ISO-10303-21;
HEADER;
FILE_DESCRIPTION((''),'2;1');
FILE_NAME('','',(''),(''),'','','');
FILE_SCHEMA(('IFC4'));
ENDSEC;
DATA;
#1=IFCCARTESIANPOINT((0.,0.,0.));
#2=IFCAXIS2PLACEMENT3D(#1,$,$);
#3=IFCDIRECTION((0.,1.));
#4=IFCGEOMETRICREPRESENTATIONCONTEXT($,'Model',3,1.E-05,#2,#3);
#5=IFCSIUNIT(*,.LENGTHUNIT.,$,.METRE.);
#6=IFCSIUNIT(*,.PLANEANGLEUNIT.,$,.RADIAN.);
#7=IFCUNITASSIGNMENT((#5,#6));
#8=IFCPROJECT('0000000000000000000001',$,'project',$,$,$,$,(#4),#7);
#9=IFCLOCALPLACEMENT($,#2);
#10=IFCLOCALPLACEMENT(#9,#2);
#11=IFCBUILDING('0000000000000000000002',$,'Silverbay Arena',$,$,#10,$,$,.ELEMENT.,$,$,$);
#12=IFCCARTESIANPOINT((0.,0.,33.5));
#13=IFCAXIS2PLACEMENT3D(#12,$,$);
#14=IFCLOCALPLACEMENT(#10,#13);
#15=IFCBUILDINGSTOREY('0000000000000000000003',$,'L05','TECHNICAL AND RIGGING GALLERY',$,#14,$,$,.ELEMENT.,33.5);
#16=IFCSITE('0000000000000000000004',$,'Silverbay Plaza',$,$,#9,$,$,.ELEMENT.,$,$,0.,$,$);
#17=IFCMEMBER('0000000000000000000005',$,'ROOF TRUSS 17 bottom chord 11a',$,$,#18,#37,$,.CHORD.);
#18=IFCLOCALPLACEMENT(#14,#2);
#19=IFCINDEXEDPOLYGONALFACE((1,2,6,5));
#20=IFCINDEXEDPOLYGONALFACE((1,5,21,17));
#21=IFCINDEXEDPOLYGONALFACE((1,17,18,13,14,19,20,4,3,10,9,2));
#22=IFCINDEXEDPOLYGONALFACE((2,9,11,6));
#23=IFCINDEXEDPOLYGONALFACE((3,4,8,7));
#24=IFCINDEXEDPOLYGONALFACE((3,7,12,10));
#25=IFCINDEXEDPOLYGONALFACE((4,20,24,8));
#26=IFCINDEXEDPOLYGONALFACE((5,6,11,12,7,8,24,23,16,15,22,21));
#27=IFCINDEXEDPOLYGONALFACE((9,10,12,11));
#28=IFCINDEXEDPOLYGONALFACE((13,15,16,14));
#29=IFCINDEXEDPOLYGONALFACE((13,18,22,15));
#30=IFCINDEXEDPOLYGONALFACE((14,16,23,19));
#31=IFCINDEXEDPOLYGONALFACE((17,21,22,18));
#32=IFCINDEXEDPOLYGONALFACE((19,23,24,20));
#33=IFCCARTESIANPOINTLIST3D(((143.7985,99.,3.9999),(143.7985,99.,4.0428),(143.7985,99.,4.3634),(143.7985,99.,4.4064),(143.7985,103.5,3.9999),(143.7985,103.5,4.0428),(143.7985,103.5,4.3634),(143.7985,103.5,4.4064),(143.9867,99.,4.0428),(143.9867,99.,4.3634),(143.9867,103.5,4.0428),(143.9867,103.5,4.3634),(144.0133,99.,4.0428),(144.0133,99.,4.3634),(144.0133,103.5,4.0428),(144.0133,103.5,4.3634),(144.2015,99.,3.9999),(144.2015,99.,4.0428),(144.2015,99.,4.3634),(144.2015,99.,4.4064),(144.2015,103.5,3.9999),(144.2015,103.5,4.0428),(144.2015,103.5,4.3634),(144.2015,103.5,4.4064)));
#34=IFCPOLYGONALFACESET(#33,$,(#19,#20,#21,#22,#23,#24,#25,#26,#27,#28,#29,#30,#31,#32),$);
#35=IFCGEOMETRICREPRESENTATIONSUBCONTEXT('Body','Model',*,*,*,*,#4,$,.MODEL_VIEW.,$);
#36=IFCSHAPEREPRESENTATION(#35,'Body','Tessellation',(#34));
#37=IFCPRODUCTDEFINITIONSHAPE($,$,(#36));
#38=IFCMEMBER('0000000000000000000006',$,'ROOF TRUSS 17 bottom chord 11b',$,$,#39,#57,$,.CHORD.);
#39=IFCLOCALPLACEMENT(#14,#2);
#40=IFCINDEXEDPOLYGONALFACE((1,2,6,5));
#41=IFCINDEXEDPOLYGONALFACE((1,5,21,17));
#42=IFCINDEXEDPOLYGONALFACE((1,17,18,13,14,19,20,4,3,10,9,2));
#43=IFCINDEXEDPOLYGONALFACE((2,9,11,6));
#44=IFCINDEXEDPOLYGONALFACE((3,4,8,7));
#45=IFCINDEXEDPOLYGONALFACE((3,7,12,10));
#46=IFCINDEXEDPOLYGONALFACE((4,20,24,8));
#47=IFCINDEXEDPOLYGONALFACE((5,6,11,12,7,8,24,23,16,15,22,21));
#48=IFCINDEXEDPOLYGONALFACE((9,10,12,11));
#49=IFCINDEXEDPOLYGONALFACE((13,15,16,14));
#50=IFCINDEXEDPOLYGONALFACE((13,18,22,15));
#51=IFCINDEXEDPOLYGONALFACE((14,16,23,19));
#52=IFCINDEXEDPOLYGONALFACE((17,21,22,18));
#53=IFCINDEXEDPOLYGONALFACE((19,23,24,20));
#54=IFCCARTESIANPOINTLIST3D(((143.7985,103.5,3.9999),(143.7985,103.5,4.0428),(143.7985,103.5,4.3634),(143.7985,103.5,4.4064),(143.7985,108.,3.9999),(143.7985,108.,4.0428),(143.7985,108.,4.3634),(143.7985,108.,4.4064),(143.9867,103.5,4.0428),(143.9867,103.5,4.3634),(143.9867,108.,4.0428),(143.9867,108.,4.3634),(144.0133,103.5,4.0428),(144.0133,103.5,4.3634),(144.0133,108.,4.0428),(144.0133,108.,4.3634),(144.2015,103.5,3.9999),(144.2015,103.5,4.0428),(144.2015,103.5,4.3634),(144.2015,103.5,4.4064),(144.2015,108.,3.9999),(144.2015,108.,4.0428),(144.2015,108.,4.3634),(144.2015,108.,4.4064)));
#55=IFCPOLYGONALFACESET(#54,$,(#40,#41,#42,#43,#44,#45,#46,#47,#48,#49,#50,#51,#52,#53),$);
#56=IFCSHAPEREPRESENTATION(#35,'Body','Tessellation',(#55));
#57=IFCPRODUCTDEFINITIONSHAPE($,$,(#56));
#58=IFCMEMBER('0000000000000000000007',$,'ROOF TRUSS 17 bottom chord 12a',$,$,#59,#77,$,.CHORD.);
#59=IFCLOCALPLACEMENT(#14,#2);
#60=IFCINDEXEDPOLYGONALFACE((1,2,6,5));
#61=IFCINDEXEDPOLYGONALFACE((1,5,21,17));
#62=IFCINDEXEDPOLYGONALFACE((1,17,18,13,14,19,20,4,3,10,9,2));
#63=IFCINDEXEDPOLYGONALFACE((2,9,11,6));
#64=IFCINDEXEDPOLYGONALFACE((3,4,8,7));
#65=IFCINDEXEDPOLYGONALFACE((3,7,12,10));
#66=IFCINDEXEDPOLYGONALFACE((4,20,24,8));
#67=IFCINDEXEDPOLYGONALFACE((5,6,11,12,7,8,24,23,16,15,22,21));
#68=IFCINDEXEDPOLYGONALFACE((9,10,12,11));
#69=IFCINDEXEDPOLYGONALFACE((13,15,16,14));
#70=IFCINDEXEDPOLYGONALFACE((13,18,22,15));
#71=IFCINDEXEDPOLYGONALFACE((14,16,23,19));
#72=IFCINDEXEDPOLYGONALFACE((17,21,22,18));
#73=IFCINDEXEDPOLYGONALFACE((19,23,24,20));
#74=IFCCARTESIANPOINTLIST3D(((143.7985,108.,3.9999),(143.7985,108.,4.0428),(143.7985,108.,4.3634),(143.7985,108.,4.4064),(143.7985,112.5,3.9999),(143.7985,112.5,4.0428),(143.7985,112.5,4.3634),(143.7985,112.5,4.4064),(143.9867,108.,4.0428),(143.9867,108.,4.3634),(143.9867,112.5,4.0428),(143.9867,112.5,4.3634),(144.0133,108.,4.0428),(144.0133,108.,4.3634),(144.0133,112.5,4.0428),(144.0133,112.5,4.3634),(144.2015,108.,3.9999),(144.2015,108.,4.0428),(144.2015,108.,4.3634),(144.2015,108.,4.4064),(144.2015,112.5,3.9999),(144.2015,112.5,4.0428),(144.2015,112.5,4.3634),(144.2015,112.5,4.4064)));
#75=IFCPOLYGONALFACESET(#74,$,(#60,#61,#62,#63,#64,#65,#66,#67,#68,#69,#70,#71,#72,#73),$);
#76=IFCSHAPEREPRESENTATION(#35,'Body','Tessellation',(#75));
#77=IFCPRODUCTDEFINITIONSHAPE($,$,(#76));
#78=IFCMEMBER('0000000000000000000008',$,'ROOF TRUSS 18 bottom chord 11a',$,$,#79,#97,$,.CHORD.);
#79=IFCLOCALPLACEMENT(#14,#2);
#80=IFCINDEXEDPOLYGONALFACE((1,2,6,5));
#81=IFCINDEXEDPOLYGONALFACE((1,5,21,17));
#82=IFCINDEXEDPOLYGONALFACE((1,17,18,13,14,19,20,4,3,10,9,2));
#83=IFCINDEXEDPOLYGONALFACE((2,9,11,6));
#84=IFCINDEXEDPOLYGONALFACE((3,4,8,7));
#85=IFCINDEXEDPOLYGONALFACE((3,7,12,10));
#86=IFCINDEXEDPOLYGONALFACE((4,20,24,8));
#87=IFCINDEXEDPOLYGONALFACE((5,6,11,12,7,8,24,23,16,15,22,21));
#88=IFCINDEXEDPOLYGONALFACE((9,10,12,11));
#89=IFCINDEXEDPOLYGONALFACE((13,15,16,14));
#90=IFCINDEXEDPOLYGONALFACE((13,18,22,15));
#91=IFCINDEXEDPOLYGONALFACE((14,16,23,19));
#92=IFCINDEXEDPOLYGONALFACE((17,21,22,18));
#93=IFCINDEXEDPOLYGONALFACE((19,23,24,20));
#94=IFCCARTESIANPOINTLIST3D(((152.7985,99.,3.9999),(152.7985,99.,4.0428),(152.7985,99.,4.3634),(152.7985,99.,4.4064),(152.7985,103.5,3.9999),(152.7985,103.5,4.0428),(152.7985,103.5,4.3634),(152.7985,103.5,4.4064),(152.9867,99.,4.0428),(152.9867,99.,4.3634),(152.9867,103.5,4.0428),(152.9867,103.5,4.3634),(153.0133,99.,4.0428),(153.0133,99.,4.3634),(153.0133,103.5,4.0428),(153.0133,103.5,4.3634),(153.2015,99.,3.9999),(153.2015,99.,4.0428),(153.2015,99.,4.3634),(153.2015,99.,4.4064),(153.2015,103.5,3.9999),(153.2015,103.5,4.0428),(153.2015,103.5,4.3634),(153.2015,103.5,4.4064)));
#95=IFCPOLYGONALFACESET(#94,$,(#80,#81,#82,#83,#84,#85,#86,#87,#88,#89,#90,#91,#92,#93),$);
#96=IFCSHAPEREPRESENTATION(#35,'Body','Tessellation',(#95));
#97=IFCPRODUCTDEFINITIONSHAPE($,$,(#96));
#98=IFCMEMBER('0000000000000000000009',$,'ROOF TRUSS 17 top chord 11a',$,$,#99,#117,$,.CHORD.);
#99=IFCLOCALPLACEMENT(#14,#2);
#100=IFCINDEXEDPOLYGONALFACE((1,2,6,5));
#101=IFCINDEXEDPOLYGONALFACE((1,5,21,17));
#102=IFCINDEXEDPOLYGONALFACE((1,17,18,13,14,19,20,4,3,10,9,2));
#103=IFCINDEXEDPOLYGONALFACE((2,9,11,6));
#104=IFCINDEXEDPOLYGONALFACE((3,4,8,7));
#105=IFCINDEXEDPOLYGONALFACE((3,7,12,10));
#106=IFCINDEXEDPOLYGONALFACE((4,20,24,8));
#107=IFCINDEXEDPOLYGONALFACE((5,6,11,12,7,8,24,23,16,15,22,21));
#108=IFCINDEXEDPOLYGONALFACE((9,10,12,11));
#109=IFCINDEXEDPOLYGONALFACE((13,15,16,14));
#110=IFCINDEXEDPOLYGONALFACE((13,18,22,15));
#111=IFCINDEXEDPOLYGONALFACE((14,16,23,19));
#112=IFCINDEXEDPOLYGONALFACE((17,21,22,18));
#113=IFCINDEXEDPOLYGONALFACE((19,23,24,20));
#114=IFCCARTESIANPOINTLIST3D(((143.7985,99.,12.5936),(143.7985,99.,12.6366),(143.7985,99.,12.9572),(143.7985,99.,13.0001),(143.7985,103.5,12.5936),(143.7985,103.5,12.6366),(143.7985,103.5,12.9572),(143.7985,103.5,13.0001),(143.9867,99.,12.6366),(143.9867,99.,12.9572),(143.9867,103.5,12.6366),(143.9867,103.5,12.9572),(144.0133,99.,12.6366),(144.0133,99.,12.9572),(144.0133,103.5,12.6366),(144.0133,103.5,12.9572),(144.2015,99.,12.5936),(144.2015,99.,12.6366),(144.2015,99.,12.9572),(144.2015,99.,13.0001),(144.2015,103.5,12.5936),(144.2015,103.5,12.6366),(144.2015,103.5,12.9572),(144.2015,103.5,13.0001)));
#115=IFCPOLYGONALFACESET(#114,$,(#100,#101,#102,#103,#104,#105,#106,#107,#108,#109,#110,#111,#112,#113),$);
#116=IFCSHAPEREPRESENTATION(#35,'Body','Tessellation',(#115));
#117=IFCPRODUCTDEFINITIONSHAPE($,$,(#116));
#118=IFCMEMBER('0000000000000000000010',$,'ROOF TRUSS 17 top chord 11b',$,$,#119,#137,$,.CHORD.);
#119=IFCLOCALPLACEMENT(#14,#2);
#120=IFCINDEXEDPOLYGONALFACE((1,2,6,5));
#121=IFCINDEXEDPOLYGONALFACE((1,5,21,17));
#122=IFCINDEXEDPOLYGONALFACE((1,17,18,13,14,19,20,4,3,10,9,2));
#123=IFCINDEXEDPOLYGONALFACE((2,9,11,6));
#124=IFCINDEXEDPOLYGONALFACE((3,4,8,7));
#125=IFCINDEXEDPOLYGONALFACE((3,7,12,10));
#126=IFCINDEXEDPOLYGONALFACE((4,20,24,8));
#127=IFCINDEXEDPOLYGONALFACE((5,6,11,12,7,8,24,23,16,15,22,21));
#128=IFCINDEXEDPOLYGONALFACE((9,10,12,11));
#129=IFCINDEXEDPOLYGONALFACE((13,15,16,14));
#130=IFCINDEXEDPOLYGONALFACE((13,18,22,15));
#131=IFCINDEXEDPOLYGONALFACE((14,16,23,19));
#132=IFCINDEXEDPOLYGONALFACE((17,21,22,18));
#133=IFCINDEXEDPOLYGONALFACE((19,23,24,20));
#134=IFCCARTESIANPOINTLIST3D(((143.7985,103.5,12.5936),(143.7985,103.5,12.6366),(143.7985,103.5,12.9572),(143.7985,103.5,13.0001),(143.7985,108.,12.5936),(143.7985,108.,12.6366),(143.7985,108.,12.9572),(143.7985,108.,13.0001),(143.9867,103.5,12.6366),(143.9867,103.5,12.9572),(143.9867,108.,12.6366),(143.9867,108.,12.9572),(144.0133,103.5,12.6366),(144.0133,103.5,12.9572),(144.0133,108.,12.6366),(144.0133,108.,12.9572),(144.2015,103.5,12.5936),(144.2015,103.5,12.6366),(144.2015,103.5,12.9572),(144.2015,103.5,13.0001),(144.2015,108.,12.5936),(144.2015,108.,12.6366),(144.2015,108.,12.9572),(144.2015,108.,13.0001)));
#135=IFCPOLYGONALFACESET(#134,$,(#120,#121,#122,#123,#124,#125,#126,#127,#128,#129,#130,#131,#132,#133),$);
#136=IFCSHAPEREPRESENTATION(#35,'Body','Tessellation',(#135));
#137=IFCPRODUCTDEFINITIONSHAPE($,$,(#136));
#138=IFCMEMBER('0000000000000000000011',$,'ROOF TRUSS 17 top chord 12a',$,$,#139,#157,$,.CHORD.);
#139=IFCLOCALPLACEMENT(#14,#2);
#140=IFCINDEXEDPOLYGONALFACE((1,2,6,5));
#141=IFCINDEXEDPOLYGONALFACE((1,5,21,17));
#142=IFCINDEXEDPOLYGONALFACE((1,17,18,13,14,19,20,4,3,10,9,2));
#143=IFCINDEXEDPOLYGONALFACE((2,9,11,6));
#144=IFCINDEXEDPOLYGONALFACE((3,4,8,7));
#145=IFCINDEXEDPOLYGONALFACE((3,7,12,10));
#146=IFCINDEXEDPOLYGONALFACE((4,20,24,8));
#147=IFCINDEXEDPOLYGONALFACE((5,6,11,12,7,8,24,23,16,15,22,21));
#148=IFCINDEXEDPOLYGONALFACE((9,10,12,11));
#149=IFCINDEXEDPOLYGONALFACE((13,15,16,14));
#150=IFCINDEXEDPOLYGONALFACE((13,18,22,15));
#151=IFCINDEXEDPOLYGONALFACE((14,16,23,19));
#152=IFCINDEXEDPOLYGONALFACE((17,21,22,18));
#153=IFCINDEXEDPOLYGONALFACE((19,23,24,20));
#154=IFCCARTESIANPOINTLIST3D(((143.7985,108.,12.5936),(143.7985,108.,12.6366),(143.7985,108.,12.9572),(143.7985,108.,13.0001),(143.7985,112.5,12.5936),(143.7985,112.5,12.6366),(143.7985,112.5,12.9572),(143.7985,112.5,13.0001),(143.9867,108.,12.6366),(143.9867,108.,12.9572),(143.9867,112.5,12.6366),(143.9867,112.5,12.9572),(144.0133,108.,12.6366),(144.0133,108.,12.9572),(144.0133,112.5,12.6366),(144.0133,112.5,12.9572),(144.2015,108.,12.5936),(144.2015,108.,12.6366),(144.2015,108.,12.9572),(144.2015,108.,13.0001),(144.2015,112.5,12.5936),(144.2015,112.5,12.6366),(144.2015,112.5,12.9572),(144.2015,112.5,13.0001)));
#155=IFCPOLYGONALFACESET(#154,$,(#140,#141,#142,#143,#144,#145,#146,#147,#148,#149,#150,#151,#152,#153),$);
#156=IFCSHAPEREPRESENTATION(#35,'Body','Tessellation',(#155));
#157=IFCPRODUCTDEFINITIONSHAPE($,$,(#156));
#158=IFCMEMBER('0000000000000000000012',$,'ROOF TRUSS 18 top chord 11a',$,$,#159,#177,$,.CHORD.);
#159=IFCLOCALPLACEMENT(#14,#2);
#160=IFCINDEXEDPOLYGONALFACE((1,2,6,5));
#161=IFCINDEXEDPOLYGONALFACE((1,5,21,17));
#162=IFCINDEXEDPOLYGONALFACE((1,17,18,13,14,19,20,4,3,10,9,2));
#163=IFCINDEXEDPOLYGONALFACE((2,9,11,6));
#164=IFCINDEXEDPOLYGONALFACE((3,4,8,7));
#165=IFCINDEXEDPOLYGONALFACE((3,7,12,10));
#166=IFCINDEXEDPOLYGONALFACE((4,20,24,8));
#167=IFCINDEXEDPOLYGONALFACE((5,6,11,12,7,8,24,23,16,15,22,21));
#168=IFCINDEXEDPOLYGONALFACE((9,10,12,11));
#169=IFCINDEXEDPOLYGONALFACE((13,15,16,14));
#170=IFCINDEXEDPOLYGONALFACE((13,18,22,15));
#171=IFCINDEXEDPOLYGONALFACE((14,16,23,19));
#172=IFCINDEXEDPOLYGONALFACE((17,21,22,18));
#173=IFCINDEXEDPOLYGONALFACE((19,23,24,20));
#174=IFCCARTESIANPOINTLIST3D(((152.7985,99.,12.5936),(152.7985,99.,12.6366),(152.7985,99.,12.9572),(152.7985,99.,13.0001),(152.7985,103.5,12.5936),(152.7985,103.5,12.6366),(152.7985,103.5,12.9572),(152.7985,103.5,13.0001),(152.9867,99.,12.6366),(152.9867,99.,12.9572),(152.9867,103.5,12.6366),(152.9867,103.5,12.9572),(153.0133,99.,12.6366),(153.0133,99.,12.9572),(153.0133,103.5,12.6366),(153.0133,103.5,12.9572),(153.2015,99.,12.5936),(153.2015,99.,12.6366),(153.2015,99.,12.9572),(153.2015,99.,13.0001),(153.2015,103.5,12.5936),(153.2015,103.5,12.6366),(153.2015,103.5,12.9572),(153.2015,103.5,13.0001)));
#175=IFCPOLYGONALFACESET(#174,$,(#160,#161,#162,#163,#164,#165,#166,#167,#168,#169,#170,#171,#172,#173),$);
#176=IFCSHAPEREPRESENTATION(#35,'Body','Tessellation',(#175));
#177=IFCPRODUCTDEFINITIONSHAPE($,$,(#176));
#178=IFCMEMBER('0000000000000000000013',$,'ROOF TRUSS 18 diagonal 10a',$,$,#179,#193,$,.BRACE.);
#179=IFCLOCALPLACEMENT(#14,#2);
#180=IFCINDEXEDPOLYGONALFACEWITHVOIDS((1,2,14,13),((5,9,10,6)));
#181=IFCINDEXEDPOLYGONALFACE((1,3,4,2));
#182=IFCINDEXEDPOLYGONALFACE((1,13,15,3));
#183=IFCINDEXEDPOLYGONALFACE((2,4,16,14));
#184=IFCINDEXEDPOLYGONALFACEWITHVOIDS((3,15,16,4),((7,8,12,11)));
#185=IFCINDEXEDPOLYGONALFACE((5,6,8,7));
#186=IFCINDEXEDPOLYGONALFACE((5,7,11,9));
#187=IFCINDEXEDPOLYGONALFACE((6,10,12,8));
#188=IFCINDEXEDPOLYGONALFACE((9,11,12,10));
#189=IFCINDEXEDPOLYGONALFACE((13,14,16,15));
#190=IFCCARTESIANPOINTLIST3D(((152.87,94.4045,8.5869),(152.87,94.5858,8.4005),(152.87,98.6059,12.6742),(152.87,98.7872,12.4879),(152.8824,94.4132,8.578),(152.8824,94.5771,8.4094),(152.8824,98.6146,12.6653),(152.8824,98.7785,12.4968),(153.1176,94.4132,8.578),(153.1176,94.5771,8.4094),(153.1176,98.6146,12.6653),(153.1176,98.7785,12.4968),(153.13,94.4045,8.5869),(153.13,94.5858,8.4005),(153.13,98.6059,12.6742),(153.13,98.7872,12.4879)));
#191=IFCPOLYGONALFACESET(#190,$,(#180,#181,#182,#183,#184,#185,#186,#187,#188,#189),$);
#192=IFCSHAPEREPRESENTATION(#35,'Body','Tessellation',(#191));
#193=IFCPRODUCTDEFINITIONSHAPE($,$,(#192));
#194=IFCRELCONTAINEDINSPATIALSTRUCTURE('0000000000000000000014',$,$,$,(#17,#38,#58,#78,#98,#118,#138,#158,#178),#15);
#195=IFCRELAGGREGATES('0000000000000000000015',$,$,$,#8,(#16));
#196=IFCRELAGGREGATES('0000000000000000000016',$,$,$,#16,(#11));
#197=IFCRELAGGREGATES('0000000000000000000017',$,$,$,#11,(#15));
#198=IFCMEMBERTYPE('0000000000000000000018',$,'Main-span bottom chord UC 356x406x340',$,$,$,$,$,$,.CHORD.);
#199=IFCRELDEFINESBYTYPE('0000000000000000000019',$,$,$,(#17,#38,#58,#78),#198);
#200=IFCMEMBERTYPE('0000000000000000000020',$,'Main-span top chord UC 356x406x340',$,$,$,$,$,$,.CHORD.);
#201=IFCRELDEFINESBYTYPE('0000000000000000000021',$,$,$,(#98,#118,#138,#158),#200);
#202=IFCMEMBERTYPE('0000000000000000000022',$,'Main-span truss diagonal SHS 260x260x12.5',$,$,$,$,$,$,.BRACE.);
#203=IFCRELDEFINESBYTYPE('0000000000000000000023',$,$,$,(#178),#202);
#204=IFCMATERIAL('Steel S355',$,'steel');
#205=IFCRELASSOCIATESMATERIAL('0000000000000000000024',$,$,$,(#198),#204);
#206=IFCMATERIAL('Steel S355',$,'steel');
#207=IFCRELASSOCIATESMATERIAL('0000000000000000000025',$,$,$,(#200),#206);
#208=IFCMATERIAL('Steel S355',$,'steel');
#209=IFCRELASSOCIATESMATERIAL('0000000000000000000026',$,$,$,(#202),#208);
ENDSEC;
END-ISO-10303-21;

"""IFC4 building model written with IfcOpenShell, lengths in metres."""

from ifc_helpers import new_model, si_unit, direction, frame, origin, origin_2d, place, context, subcontext, project, spatial, hollow_rectangle, i_section, extrude, material, material_profile, profile_set, type_object, element, save


model = new_model("IFC4")

# Units and contexts
model_context = context("Model", 3, precision=1e-05, world=origin(), true_north=direction((0.0, 1.0)))
body_context = subcontext(model_context, "Body", "Model", "MODEL_VIEW")
ifc_project = project(units=[si_unit("LENGTHUNIT", "METRE"), si_unit("PLANEANGLEUNIT", "RADIAN")], contexts=[model_context])

# Site, building, storey
site_placement = place(None, origin())
site = spatial("IfcSite", under=ifc_project, at=site_placement, Name="Silverbay Plaza", CompositionType="ELEMENT", RefElevation=0.0)
building_placement = place(site_placement, origin())
building = spatial("IfcBuilding", under=site, at=building_placement, Name="Silverbay Arena", CompositionType="ELEMENT")
storey_placement = place(building_placement, frame((0.0, 0.0, 33.5)))
storey = spatial("IfcBuildingStorey", under=building, at=storey_placement, Name="L05", Description="TECHNICAL AND RIGGING GALLERY", CompositionType="ELEMENT", Elevation=33.5)

# Members
ifc_material_1 = material(Name="Steel S355", Category="steel")
ifc_material_profile_1 = material_profile(ifc_material_1, i_section(OverallWidth=0.4031, OverallDepth=0.4065, WebThickness=0.0266, FlangeThickness=0.043, at=origin_2d()), Name="UC 356x406x340")
ifc_profile_set_1 = profile_set([ifc_material_profile_1], Name="Steel S355")
member_type_1 = type_object("IfcMemberType", Name="Main-span bottom chord UC 356x406x340", PredefinedType="CHORD", material=ifc_profile_set_1)
for number, where, z_axis, x_axis, name in (
    (1, (144.0, 99.0, 4.2031), (0.0, 1.0, 0.0), (-1.0, 0.0, 0.0), "ROOF TRUSS 17 bottom chord 11a"),
    (2, (144.0, 103.5, 4.2031), (0.0, 1.0, 0.0), (-1.0, 0.0, 0.0), "ROOF TRUSS 17 bottom chord 11b"),
    (3, (144.0, 108.0, 4.2031), (0.0, 1.0, 0.0), (-1.0, 0.0, 0.0), "ROOF TRUSS 17 bottom chord 12a"),
    (4, (153.0, 99.0, 4.2031), (0.0, 1.0, 0.0), (-1.0, 0.0, 0.0), "ROOF TRUSS 18 bottom chord 11a"),
):
    element("IfcMember", number, at=place(storey_placement, frame(where, z_axis=z_axis, x_axis=x_axis)), inside=storey, type_object=member_type_1, Name=name, PredefinedType="CHORD", context=body_context, shape_type="SweptSolid", body=[
        extrude(i_section(OverallWidth=0.4031, OverallDepth=0.4065, WebThickness=0.0266, FlangeThickness=0.043, at=origin_2d()), origin(), (0.0, 0.0, 1.0), 4.5),
    ])
ifc_material_2 = material(Name="Steel S355", Category="steel")
ifc_material_profile_2 = material_profile(ifc_material_2, i_section(OverallWidth=0.4031, OverallDepth=0.4065, WebThickness=0.0266, FlangeThickness=0.043, at=origin_2d()), Name="UC 356x406x340")
ifc_profile_set_2 = profile_set([ifc_material_profile_2], Name="Steel S355")
member_type_2 = type_object("IfcMemberType", Name="Main-span top chord UC 356x406x340", PredefinedType="CHORD", material=ifc_profile_set_2)
for number, where, z_axis, x_axis, name in (
    (5, (144.0, 99.0, 12.7969), (0.0, 1.0, 0.0), (-1.0, 0.0, 0.0), "ROOF TRUSS 17 top chord 11a"),
    (6, (144.0, 103.5, 12.7969), (0.0, 1.0, 0.0), (-1.0, 0.0, 0.0), "ROOF TRUSS 17 top chord 11b"),
    (7, (144.0, 108.0, 12.7969), (0.0, 1.0, 0.0), (-1.0, 0.0, 0.0), "ROOF TRUSS 17 top chord 12a"),
    (8, (153.0, 99.0, 12.7969), (0.0, 1.0, 0.0), (-1.0, 0.0, 0.0), "ROOF TRUSS 18 top chord 11a"),
):
    element("IfcMember", number, at=place(storey_placement, frame(where, z_axis=z_axis, x_axis=x_axis)), inside=storey, type_object=member_type_2, Name=name, PredefinedType="CHORD", context=body_context, shape_type="SweptSolid", body=[
        extrude(i_section(OverallWidth=0.4031, OverallDepth=0.4065, WebThickness=0.0266, FlangeThickness=0.043, at=origin_2d()), origin(), (0.0, 0.0, 1.0), 4.5),
    ])
ifc_material_3 = material(Name="Steel S355", Category="steel")
ifc_material_profile_3 = material_profile(ifc_material_3, hollow_rectangle(XDim=0.26, YDim=0.26, WallThickness=0.0125, at=origin_2d()), Name="SHS 260x260x12.5")
ifc_profile_set_3 = profile_set([ifc_material_profile_3], Name="Steel S355")
member_type_3 = type_object("IfcMemberType", Name="Main-span truss diagonal SHS 260x260x12.5", PredefinedType="BRACE", material=ifc_profile_set_3)
member_1_placement = place(storey_placement, frame((153.0, 98.6965, 12.5811), z_axis=(0.0, -0.716765, -0.697314), x_axis=(1.0, 0.0, 0.0)))
element("IfcMember", 9, at=member_1_placement, inside=storey, type_object=member_type_3, Name="ROOF TRUSS 18 diagonal 10a", PredefinedType="BRACE", context=body_context, shape_type="SweptSolid", body=[
    extrude(hollow_rectangle(XDim=0.26, YDim=0.26, WallThickness=0.0125, at=origin_2d()), origin(), (0.0, 0.0, 1.0), 5.8616),
])

save(model, "model.ifc")
